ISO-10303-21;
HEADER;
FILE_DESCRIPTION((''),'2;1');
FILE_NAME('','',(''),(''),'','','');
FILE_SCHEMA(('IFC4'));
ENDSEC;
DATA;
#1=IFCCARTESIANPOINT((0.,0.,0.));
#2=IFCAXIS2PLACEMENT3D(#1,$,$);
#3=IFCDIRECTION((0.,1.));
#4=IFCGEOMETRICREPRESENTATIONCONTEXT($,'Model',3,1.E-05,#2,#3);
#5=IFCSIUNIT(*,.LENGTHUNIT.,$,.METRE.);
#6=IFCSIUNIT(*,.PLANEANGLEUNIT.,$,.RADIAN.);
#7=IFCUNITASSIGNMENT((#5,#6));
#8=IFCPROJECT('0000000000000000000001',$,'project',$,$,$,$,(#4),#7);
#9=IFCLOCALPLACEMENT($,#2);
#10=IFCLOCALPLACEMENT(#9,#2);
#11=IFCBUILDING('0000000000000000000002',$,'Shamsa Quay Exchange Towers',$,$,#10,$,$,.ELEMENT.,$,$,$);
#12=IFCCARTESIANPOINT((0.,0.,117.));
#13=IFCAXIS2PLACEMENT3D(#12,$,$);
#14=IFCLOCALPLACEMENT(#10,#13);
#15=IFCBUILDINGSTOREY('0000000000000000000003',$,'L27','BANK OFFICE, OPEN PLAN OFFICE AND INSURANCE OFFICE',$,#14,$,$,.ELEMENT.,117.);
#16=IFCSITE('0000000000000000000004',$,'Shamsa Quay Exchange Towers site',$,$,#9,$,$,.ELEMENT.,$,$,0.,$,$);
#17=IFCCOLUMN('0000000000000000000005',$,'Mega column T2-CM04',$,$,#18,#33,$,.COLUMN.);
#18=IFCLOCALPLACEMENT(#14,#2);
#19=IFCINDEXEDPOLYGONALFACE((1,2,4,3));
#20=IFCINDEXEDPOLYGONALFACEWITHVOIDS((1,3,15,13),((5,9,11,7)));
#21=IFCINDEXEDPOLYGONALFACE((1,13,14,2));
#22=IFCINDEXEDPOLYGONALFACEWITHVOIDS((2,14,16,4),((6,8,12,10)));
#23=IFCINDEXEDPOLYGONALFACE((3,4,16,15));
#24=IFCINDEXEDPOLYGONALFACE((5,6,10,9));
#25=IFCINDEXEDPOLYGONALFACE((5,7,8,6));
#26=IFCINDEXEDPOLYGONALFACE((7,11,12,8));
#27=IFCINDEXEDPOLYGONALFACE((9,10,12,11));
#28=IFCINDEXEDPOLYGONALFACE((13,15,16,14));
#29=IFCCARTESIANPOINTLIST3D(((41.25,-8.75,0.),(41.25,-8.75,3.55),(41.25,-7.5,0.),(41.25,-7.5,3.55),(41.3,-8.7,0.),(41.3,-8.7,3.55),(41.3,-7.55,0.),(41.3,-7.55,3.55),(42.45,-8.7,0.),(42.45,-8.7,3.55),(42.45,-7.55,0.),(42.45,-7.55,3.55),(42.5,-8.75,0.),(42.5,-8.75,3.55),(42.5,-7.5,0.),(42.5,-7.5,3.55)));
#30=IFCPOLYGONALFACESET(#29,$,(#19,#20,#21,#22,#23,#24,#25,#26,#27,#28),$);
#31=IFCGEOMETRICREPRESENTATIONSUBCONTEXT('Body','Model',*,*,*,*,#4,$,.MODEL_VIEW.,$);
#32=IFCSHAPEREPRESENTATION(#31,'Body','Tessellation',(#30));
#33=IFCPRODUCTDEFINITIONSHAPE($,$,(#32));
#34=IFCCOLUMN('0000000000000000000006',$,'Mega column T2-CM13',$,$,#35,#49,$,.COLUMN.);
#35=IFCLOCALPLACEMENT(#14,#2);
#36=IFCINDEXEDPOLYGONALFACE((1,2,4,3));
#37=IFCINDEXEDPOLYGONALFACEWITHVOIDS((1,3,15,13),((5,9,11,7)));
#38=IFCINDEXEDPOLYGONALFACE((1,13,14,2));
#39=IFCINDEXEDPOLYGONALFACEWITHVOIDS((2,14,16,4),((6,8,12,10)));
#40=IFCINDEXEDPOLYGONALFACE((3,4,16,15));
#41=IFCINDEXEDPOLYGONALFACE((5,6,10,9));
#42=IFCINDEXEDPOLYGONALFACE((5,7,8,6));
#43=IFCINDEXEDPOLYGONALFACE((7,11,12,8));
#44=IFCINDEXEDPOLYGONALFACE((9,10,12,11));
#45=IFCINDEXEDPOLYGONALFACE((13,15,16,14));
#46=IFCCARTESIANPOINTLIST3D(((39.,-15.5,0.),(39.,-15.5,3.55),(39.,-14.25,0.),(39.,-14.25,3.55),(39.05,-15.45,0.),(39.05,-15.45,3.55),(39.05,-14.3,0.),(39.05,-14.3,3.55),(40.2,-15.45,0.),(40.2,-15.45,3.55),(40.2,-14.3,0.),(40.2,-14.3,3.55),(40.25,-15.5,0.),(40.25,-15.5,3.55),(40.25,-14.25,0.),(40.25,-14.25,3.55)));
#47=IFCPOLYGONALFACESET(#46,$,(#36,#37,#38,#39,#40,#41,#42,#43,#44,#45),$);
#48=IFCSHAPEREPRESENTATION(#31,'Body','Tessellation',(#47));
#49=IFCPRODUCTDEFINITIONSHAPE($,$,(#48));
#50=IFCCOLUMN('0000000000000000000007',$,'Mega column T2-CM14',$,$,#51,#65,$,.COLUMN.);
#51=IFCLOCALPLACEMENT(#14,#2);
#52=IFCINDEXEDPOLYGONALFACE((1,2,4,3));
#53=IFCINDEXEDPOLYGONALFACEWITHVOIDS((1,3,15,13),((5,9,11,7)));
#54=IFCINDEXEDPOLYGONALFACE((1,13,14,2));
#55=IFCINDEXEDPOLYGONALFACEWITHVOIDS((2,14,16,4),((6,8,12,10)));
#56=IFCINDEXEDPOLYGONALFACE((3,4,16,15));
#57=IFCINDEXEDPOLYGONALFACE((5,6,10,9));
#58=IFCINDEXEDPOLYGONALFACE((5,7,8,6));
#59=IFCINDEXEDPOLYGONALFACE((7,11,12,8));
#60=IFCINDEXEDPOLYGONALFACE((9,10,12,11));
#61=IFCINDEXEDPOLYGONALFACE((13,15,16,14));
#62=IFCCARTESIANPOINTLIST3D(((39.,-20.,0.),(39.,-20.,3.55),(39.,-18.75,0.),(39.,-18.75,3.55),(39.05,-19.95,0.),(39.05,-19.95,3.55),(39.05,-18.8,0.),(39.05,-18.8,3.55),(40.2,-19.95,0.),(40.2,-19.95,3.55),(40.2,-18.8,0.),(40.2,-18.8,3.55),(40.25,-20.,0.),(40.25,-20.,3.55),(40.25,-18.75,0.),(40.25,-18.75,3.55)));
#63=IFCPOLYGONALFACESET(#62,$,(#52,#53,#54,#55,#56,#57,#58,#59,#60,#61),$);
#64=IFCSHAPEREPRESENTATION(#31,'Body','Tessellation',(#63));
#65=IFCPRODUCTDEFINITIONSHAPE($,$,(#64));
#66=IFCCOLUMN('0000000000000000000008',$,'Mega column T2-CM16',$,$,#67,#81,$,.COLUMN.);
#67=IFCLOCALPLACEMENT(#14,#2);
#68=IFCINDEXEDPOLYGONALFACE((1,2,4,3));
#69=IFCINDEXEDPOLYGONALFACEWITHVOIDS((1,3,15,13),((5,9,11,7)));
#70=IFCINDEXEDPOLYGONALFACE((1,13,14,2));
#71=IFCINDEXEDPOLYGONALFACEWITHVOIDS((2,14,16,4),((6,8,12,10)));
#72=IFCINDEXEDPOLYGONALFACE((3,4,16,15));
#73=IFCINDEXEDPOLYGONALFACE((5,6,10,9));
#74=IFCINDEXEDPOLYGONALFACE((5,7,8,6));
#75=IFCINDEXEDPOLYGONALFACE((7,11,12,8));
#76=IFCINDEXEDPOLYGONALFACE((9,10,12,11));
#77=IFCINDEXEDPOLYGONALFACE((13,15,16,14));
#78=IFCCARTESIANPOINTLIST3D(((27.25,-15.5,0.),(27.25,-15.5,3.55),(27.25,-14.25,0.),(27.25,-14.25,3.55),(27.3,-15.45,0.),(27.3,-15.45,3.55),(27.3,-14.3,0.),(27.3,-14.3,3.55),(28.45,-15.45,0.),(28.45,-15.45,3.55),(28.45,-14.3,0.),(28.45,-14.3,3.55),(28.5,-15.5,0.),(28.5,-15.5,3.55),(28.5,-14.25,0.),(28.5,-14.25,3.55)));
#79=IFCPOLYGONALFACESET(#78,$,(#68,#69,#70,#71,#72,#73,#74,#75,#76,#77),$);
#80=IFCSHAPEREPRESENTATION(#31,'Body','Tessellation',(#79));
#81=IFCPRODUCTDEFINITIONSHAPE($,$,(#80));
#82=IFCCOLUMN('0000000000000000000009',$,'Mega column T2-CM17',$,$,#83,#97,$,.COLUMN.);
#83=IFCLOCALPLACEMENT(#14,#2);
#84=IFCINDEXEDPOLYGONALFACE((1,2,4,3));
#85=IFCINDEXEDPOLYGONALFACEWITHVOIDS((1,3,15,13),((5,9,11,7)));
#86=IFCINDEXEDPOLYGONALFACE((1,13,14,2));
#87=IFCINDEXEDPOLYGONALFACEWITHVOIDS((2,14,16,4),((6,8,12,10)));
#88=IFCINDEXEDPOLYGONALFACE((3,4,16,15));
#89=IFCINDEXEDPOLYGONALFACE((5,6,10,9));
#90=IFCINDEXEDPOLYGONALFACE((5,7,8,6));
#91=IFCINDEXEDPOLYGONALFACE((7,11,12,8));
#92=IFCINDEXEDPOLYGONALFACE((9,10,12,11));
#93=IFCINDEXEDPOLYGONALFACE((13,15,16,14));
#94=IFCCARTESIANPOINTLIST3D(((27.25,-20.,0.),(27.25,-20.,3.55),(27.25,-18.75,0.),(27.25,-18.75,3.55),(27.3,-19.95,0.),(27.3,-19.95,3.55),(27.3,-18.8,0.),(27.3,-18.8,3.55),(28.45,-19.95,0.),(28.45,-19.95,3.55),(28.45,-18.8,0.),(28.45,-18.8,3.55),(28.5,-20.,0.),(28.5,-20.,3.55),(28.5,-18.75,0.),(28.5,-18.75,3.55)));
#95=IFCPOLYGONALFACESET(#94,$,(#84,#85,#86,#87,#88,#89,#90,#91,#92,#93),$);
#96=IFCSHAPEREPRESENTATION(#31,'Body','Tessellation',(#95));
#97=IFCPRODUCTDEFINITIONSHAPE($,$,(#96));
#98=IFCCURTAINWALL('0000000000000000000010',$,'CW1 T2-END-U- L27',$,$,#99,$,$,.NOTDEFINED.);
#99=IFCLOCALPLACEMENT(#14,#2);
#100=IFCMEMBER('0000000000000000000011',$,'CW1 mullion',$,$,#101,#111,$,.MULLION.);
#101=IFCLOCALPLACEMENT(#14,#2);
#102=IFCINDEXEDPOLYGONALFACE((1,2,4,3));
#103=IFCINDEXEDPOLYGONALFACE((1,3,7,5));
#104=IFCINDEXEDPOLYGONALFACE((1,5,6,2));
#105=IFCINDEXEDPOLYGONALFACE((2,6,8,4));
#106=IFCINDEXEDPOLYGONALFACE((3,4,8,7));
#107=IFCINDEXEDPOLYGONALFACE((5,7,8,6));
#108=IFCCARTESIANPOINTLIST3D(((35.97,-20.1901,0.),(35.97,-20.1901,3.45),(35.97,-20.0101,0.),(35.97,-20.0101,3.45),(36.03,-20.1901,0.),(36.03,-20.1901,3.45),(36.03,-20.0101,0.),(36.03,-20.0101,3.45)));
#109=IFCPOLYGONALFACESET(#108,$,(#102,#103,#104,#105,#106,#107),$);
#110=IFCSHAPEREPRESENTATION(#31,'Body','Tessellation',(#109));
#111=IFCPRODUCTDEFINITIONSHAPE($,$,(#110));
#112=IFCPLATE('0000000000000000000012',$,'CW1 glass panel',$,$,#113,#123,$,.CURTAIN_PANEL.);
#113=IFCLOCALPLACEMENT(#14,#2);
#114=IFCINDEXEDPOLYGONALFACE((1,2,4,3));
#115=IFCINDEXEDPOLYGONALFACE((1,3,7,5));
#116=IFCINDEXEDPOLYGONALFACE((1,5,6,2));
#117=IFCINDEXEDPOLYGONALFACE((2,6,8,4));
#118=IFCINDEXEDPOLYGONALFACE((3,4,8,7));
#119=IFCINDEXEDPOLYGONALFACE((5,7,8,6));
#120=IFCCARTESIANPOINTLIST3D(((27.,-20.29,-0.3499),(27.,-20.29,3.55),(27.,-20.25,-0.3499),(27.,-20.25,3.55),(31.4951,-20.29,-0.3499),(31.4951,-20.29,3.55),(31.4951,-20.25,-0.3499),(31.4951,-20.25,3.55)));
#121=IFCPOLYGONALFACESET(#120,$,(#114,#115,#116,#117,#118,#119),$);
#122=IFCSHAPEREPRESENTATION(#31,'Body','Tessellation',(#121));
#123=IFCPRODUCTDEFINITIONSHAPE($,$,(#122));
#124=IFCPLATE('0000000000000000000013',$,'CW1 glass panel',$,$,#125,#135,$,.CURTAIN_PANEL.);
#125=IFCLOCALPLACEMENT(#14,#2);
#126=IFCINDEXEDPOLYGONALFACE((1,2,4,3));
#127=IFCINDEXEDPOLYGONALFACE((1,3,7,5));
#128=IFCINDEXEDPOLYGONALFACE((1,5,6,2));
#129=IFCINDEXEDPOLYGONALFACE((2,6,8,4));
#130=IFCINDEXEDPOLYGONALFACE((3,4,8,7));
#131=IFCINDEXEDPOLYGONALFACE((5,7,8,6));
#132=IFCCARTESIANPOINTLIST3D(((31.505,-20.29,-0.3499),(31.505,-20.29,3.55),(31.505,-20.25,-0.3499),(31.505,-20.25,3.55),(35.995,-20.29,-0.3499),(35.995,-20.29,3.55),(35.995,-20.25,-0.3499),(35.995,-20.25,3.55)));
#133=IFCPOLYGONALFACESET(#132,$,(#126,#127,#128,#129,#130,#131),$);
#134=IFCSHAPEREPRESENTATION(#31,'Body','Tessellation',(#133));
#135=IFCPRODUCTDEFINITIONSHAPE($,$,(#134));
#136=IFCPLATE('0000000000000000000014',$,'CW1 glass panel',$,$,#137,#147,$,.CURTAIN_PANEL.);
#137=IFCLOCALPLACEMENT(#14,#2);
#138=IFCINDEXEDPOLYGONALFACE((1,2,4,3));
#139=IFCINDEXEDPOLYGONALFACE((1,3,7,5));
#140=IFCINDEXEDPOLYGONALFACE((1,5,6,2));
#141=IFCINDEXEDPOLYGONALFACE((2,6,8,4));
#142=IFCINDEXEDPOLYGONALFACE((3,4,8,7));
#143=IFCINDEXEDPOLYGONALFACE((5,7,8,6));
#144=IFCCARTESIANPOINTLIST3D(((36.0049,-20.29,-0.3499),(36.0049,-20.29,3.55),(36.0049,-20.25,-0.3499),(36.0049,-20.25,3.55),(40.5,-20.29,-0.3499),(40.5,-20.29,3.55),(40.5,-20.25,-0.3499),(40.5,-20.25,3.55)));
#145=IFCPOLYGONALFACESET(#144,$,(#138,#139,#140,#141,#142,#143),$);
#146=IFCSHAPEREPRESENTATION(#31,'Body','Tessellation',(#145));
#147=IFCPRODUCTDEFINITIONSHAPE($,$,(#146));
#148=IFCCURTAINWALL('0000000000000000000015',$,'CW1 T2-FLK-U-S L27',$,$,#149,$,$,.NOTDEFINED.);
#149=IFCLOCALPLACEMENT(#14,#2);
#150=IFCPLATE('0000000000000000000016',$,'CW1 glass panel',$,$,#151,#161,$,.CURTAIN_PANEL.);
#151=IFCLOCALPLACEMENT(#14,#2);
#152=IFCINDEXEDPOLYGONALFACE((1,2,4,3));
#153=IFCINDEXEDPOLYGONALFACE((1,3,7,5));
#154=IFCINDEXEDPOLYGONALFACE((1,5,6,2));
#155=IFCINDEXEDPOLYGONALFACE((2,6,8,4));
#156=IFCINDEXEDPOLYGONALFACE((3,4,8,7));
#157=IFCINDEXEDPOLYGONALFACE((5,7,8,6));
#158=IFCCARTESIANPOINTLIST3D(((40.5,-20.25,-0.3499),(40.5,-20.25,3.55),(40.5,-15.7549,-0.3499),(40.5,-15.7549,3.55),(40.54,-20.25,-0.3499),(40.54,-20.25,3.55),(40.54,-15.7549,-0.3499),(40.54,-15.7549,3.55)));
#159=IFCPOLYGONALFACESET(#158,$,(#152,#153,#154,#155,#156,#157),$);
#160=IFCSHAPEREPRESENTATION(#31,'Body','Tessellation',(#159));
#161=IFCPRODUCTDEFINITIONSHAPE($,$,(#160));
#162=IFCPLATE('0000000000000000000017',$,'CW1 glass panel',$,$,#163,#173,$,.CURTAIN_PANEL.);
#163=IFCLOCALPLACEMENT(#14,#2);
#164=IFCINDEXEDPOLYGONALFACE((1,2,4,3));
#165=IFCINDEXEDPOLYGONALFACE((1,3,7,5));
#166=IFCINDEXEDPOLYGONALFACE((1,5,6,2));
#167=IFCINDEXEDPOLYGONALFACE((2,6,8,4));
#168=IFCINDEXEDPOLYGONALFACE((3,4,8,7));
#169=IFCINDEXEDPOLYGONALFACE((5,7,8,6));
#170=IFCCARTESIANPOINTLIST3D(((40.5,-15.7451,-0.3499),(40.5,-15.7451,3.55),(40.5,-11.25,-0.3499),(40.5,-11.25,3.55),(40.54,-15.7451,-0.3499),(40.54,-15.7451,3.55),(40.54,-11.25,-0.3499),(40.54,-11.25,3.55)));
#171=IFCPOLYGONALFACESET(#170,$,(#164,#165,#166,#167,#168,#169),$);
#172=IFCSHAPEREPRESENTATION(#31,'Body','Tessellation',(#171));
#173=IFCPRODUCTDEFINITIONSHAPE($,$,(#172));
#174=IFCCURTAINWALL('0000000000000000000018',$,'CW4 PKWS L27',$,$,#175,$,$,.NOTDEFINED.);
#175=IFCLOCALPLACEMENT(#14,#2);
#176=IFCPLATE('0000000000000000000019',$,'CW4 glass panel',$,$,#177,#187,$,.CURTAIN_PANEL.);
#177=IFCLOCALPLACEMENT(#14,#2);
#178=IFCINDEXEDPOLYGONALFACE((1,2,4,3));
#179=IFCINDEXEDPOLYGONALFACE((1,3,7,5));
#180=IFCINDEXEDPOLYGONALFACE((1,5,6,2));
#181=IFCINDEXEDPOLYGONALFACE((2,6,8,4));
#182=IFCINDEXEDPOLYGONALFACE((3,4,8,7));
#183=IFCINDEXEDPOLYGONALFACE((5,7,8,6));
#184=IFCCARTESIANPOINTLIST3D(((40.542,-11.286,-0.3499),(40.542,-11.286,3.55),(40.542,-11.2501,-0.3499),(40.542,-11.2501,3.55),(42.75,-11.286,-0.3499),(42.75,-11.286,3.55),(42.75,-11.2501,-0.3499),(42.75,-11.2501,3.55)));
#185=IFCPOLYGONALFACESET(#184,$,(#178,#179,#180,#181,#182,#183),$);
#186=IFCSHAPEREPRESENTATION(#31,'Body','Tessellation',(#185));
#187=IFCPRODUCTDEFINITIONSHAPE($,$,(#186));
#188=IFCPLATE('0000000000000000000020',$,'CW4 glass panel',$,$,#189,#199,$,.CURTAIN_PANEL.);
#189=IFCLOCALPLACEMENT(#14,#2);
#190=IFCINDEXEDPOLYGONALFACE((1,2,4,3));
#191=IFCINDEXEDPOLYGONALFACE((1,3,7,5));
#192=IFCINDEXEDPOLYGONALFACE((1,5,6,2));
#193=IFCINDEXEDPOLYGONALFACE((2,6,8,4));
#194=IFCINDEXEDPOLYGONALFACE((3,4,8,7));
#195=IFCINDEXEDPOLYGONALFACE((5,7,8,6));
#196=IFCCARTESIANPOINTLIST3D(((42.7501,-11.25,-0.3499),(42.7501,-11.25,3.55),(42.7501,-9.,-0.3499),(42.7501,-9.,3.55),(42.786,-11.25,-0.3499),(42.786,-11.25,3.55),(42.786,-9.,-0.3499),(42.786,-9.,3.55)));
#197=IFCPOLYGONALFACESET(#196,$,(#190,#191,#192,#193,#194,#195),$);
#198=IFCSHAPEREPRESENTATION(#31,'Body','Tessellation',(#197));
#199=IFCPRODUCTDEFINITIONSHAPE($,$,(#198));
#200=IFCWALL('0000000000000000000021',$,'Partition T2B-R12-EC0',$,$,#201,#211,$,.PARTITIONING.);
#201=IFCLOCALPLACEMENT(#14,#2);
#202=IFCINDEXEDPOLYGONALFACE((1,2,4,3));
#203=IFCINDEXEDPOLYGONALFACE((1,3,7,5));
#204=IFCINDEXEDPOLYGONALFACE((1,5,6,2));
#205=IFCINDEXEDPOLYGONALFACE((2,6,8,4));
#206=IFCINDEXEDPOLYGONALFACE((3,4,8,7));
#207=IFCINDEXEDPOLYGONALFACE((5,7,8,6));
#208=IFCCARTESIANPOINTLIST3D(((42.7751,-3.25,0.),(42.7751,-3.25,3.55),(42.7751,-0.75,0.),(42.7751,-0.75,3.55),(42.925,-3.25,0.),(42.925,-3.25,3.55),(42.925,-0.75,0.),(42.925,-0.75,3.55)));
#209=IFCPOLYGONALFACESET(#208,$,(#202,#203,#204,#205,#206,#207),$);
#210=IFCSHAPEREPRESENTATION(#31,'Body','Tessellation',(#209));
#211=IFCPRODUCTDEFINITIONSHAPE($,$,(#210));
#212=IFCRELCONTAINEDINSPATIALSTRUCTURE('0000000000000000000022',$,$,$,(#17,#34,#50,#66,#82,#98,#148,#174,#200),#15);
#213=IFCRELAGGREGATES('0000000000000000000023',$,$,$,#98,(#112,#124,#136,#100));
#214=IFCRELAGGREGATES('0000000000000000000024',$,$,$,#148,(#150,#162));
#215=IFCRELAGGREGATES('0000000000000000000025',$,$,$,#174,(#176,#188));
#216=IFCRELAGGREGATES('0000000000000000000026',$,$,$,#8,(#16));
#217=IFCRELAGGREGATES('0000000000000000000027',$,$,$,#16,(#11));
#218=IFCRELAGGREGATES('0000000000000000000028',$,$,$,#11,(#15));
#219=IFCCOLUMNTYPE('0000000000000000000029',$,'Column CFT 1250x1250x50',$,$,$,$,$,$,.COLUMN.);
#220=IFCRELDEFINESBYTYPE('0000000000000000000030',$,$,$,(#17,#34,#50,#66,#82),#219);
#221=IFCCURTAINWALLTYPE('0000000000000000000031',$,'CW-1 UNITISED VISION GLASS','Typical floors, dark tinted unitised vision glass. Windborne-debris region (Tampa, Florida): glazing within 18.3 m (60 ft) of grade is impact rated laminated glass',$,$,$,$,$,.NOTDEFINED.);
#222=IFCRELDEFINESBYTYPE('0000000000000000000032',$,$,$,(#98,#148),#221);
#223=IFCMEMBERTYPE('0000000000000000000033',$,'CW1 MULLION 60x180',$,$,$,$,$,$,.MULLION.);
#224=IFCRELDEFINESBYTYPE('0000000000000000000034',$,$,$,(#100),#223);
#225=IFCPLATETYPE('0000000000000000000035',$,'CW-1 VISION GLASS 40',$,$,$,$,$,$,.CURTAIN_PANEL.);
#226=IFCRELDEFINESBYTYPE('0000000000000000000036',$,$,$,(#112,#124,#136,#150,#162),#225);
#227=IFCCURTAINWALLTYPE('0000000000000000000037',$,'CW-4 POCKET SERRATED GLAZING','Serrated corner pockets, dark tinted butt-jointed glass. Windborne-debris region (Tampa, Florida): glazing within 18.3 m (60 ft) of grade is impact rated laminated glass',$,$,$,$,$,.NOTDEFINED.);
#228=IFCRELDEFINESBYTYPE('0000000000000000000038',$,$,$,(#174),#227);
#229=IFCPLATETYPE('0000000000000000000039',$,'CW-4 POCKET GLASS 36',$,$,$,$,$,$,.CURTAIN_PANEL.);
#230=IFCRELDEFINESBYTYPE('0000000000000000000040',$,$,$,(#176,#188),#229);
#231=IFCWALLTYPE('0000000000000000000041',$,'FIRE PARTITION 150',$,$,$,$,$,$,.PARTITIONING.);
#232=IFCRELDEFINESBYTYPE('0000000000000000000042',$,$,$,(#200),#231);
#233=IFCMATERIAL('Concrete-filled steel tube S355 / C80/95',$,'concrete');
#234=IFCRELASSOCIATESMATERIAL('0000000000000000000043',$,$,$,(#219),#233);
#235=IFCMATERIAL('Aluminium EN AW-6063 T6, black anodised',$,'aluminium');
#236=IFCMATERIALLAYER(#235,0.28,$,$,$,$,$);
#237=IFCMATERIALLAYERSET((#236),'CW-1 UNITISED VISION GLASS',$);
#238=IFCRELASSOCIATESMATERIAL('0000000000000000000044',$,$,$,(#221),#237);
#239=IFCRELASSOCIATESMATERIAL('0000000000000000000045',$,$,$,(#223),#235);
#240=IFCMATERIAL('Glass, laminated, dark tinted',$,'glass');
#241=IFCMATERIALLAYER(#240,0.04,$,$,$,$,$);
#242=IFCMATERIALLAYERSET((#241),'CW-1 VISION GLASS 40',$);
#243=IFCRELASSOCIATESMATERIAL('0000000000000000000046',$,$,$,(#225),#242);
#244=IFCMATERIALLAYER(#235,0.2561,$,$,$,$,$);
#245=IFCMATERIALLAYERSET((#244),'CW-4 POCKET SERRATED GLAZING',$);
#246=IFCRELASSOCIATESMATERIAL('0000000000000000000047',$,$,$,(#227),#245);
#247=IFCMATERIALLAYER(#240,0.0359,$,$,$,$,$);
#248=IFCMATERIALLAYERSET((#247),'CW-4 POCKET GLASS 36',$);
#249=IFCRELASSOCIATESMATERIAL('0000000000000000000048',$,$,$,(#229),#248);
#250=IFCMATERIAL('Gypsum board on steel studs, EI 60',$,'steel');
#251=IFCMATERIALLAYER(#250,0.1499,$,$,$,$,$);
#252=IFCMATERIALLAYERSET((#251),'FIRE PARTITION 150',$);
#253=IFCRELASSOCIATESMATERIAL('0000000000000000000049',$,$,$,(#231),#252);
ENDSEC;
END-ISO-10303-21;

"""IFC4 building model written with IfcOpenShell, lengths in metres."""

from ifc_helpers import new_model, si_unit, direction, frame, frame_2d, origin, origin_2d, place, context, subcontext, project, spatial, rectangle, hollow_rectangle, extrude, material, layer, layer_set, material_profile, profile_set, type_object, element, aggregate, save


model = new_model("IFC4")

# Units and contexts
model_context = context("Model", 3, precision=1e-05, world=origin(), true_north=direction((0.0, 1.0)))
body_context = subcontext(model_context, "Body", "Model", "MODEL_VIEW")
ifc_project = project(units=[si_unit("LENGTHUNIT", "METRE"), si_unit("PLANEANGLEUNIT", "RADIAN")], contexts=[model_context])

# Site, building, storey
site_placement = place(None, origin())
site = spatial("IfcSite", under=ifc_project, at=site_placement, Name="Shamsa Quay Exchange Towers site", CompositionType="ELEMENT", RefElevation=0.0)
building_placement = place(site_placement, origin())
building = spatial("IfcBuilding", under=site, at=building_placement, Name="Shamsa Quay Exchange Towers", CompositionType="ELEMENT")
storey_placement = place(building_placement, frame((0.0, 0.0, 117.0)))
storey = spatial("IfcBuildingStorey", under=building, at=storey_placement, Name="L27", Description="BANK OFFICE, OPEN PLAN OFFICE AND INSURANCE OFFICE", CompositionType="ELEMENT", Elevation=117.0)

# Columns
ifc_material_1 = material(Name="Concrete-filled steel tube S355 / C80/95", Category="concrete")
ifc_material_profile_1 = material_profile(ifc_material_1, hollow_rectangle(XDim=1.25, YDim=1.25, WallThickness=0.05, at=origin_2d()), Name="CFT 1250x1250x50")
ifc_profile_set_1 = profile_set([ifc_material_profile_1], Name="Concrete-filled steel tube S355 / C80/95")
column_type = type_object("IfcColumnType", Name="Column CFT 1250x1250x50", PredefinedType="COLUMN", material=ifc_profile_set_1)
for number, where, name in (
    (1, (41.875, -8.125, 0.0), "Mega column T2-CM04"),
    (2, (39.625, -14.875, 0.0), "Mega column T2-CM13"),
    (3, (39.625, -19.375, 0.0), "Mega column T2-CM14"),
    (4, (27.875, -14.875, 0.0), "Mega column T2-CM16"),
    (5, (27.875, -19.375, 0.0), "Mega column T2-CM17"),
):
    element("IfcColumn", number, at=place(storey_placement, frame(where)), inside=storey, type_object=column_type, Name=name, PredefinedType="COLUMN", context=body_context, shape_type="SweptSolid", body=[
        extrude(hollow_rectangle(XDim=1.25, YDim=1.25, WallThickness=0.05, at=origin_2d()), origin(), (0.0, 0.0, 1.0), 3.55),
    ])

# Curtain wall, member, plates
ifc_material_2 = material(Name="Aluminium EN AW-6063 T6, black anodised", Category="aluminium")
ifc_layer_1 = layer(ifc_material_2, 0.28)
ifc_layer_set_1 = layer_set([ifc_layer_1], Name="CW-1 UNITISED VISION GLASS")
curtain_wall_type_1 = type_object("IfcCurtainWallType", Name="CW-1 UNITISED VISION GLASS", Description="Typical floors, dark tinted unitised vision glass. Windborne-debris region (Tampa, Florida): glazing within 18.3 m (60 ft) of grade is impact rated laminated glass", PredefinedType="NOTDEFINED", material=ifc_layer_set_1)
curtain_wall_1_placement = place(storey_placement, origin())
curtain_wall_1 = element("IfcCurtainWall", 6, at=curtain_wall_1_placement, inside=storey, type_object=curtain_wall_type_1, Name="CW1 T2-END-U- L27", PredefinedType="NOTDEFINED")
ifc_material_profile_2 = material_profile(ifc_material_2, rectangle(XDim=0.1799, YDim=0.0601, at=origin_2d()), Name="MU60x180")
ifc_profile_set_2 = profile_set([ifc_material_profile_2], Name="Aluminium EN AW-6063 T6, black anodised")
member_type = type_object("IfcMemberType", Name="CW1 MULLION 60x180", PredefinedType="MULLION", material=ifc_profile_set_2)
member_placement = place(storey_placement, frame((36.0, -20.1001, 0.0), z_axis=(0.0, 0.0, 1.0), x_axis=(0.0, 1.0, 0.0)))
member = element("IfcMember", 7, at=member_placement, type_object=member_type, Name="CW1 mullion", PredefinedType="MULLION", context=body_context, shape_type="SweptSolid", body=[
    extrude(rectangle(XDim=0.1799, YDim=0.0601, at=origin_2d()), origin(), (0.0, 0.0, 1.0), 3.45),
])
ifc_material_3 = material(Name="Glass, laminated, dark tinted", Category="glass")
ifc_layer_2 = layer(ifc_material_3, 0.04)
ifc_layer_set_2 = layer_set([ifc_layer_2], Name="CW-1 VISION GLASS 40")
plate_type_1 = type_object("IfcPlateType", Name="CW-1 VISION GLASS 40", PredefinedType="CURTAIN_PANEL", material=ifc_layer_set_2)
plate_1_placement = place(storey_placement, frame((29.2476, -20.27, -0.3499)))
plate_1 = element("IfcPlate", 8, at=plate_1_placement, type_object=plate_type_1, Name="CW1 glass panel", PredefinedType="CURTAIN_PANEL", context=body_context, shape_type="SweptSolid", body=[
    extrude(rectangle(XDim=4.4951, YDim=0.04, at=origin_2d()), origin(), (0.0, 0.0, 1.0), 3.8999),
])
plate_2_placement = place(storey_placement, frame((33.75, -20.27, -0.3499)))
plate_2 = element("IfcPlate", 9, at=plate_2_placement, type_object=plate_type_1, Name="CW1 glass panel", PredefinedType="CURTAIN_PANEL", context=body_context, shape_type="SweptSolid", body=[
    extrude(rectangle(XDim=4.49, YDim=0.04, at=origin_2d()), origin(), (0.0, 0.0, 1.0), 3.8999),
])
plate_3_placement = place(storey_placement, frame((38.2524, -20.27, -0.3499)))
plate_3 = element("IfcPlate", 10, at=plate_3_placement, type_object=plate_type_1, Name="CW1 glass panel", PredefinedType="CURTAIN_PANEL", context=body_context, shape_type="SweptSolid", body=[
    extrude(rectangle(XDim=4.4951, YDim=0.04, at=origin_2d()), origin(), (0.0, 0.0, 1.0), 3.8999),
])
aggregate(curtain_wall_1, [plate_1, plate_2, plate_3, member])

# Curtain walls, plates
curtain_wall_2_placement = place(storey_placement, origin())
curtain_wall_2 = element("IfcCurtainWall", 11, at=curtain_wall_2_placement, inside=storey, type_object=curtain_wall_type_1, Name="CW1 T2-FLK-U-S L27", PredefinedType="NOTDEFINED")
plate_4_placement = place(storey_placement, frame((40.52, -18.0024, -0.3499), z_axis=(0.0, 0.0, 1.0), x_axis=(0.0, 1.0, 0.0)))
plate_4 = element("IfcPlate", 12, at=plate_4_placement, type_object=plate_type_1, Name="CW1 glass panel", PredefinedType="CURTAIN_PANEL", context=body_context, shape_type="SweptSolid", body=[
    extrude(rectangle(XDim=4.4951, YDim=0.04, at=origin_2d()), origin(), (0.0, 0.0, 1.0), 3.8999),
])
plate_5_placement = place(storey_placement, frame((40.52, -13.4976, -0.3499), z_axis=(0.0, 0.0, 1.0), x_axis=(0.0, 1.0, 0.0)))
plate_5 = element("IfcPlate", 13, at=plate_5_placement, type_object=plate_type_1, Name="CW1 glass panel", PredefinedType="CURTAIN_PANEL", context=body_context, shape_type="SweptSolid", body=[
    extrude(rectangle(XDim=4.4951, YDim=0.04, at=origin_2d()), origin(), (0.0, 0.0, 1.0), 3.8999),
])
aggregate(curtain_wall_2, [plate_4, plate_5])
ifc_layer_3 = layer(ifc_material_2, 0.2561)
ifc_layer_set_3 = layer_set([ifc_layer_3], Name="CW-4 POCKET SERRATED GLAZING")
curtain_wall_type_2 = type_object("IfcCurtainWallType", Name="CW-4 POCKET SERRATED GLAZING", Description="Serrated corner pockets, dark tinted butt-jointed glass. Windborne-debris region (Tampa, Florida): glazing within 18.3 m (60 ft) of grade is impact rated laminated glass", PredefinedType="NOTDEFINED", material=ifc_layer_set_3)
curtain_wall_3_placement = place(storey_placement, origin())
curtain_wall_3 = element("IfcCurtainWall", 14, at=curtain_wall_3_placement, inside=storey, type_object=curtain_wall_type_2, Name="CW4 PKWS L27", PredefinedType="NOTDEFINED")
ifc_layer_4 = layer(ifc_material_3, 0.0359)
ifc_layer_set_4 = layer_set([ifc_layer_4], Name="CW-4 POCKET GLASS 36")
plate_type_2 = type_object("IfcPlateType", Name="CW-4 POCKET GLASS 36", PredefinedType="CURTAIN_PANEL", material=ifc_layer_set_4)
plate_6_placement = place(storey_placement, frame((41.646, -11.2681, -0.3499)))
plate_6 = element("IfcPlate", 15, at=plate_6_placement, type_object=plate_type_2, Name="CW4 glass panel", PredefinedType="CURTAIN_PANEL", context=body_context, shape_type="SweptSolid", body=[
    extrude(rectangle(XDim=2.208, YDim=0.0359, at=origin_2d()), origin(), (0.0, 0.0, 1.0), 3.8999),
])
plate_7_placement = place(storey_placement, frame((42.7681, -10.125, -0.3499), z_axis=(0.0, 0.0, 1.0), x_axis=(0.0, 1.0, 0.0)))
plate_7 = element("IfcPlate", 16, at=plate_7_placement, type_object=plate_type_2, Name="CW4 glass panel", PredefinedType="CURTAIN_PANEL", context=body_context, shape_type="SweptSolid", body=[
    extrude(rectangle(XDim=2.25, YDim=0.0359, at=origin_2d()), origin(), (0.0, 0.0, 1.0), 3.8999),
])
aggregate(curtain_wall_3, [plate_6, plate_7])

# Wall
ifc_material_4 = material(Name="Gypsum board on steel studs, EI 60", Category="steel")
ifc_layer_5 = layer(ifc_material_4, 0.1499)
ifc_layer_set_5 = layer_set([ifc_layer_5], Name="FIRE PARTITION 150")
wall_type_1 = type_object("IfcWallType", Name="FIRE PARTITION 150", PredefinedType="PARTITIONING", material=ifc_layer_set_5)
wall_1_placement = place(storey_placement, frame((42.8501, -3.25, 0.0), z_axis=(0.0, 0.0, 1.0), x_axis=(0.0, 1.0, 0.0)))
element("IfcWall", 17, at=wall_1_placement, inside=storey, type_object=wall_type_1, Name="Partition T2B-R12-EC0", PredefinedType="PARTITIONING", context=body_context, shape_type="SweptSolid", body=[
    extrude(rectangle(XDim=2.5, YDim=0.1499, at=frame_2d((1.25, 0.0))), origin(), (0.0, 0.0, 1.0), 3.55),
])

save(model, "model.ifc")
